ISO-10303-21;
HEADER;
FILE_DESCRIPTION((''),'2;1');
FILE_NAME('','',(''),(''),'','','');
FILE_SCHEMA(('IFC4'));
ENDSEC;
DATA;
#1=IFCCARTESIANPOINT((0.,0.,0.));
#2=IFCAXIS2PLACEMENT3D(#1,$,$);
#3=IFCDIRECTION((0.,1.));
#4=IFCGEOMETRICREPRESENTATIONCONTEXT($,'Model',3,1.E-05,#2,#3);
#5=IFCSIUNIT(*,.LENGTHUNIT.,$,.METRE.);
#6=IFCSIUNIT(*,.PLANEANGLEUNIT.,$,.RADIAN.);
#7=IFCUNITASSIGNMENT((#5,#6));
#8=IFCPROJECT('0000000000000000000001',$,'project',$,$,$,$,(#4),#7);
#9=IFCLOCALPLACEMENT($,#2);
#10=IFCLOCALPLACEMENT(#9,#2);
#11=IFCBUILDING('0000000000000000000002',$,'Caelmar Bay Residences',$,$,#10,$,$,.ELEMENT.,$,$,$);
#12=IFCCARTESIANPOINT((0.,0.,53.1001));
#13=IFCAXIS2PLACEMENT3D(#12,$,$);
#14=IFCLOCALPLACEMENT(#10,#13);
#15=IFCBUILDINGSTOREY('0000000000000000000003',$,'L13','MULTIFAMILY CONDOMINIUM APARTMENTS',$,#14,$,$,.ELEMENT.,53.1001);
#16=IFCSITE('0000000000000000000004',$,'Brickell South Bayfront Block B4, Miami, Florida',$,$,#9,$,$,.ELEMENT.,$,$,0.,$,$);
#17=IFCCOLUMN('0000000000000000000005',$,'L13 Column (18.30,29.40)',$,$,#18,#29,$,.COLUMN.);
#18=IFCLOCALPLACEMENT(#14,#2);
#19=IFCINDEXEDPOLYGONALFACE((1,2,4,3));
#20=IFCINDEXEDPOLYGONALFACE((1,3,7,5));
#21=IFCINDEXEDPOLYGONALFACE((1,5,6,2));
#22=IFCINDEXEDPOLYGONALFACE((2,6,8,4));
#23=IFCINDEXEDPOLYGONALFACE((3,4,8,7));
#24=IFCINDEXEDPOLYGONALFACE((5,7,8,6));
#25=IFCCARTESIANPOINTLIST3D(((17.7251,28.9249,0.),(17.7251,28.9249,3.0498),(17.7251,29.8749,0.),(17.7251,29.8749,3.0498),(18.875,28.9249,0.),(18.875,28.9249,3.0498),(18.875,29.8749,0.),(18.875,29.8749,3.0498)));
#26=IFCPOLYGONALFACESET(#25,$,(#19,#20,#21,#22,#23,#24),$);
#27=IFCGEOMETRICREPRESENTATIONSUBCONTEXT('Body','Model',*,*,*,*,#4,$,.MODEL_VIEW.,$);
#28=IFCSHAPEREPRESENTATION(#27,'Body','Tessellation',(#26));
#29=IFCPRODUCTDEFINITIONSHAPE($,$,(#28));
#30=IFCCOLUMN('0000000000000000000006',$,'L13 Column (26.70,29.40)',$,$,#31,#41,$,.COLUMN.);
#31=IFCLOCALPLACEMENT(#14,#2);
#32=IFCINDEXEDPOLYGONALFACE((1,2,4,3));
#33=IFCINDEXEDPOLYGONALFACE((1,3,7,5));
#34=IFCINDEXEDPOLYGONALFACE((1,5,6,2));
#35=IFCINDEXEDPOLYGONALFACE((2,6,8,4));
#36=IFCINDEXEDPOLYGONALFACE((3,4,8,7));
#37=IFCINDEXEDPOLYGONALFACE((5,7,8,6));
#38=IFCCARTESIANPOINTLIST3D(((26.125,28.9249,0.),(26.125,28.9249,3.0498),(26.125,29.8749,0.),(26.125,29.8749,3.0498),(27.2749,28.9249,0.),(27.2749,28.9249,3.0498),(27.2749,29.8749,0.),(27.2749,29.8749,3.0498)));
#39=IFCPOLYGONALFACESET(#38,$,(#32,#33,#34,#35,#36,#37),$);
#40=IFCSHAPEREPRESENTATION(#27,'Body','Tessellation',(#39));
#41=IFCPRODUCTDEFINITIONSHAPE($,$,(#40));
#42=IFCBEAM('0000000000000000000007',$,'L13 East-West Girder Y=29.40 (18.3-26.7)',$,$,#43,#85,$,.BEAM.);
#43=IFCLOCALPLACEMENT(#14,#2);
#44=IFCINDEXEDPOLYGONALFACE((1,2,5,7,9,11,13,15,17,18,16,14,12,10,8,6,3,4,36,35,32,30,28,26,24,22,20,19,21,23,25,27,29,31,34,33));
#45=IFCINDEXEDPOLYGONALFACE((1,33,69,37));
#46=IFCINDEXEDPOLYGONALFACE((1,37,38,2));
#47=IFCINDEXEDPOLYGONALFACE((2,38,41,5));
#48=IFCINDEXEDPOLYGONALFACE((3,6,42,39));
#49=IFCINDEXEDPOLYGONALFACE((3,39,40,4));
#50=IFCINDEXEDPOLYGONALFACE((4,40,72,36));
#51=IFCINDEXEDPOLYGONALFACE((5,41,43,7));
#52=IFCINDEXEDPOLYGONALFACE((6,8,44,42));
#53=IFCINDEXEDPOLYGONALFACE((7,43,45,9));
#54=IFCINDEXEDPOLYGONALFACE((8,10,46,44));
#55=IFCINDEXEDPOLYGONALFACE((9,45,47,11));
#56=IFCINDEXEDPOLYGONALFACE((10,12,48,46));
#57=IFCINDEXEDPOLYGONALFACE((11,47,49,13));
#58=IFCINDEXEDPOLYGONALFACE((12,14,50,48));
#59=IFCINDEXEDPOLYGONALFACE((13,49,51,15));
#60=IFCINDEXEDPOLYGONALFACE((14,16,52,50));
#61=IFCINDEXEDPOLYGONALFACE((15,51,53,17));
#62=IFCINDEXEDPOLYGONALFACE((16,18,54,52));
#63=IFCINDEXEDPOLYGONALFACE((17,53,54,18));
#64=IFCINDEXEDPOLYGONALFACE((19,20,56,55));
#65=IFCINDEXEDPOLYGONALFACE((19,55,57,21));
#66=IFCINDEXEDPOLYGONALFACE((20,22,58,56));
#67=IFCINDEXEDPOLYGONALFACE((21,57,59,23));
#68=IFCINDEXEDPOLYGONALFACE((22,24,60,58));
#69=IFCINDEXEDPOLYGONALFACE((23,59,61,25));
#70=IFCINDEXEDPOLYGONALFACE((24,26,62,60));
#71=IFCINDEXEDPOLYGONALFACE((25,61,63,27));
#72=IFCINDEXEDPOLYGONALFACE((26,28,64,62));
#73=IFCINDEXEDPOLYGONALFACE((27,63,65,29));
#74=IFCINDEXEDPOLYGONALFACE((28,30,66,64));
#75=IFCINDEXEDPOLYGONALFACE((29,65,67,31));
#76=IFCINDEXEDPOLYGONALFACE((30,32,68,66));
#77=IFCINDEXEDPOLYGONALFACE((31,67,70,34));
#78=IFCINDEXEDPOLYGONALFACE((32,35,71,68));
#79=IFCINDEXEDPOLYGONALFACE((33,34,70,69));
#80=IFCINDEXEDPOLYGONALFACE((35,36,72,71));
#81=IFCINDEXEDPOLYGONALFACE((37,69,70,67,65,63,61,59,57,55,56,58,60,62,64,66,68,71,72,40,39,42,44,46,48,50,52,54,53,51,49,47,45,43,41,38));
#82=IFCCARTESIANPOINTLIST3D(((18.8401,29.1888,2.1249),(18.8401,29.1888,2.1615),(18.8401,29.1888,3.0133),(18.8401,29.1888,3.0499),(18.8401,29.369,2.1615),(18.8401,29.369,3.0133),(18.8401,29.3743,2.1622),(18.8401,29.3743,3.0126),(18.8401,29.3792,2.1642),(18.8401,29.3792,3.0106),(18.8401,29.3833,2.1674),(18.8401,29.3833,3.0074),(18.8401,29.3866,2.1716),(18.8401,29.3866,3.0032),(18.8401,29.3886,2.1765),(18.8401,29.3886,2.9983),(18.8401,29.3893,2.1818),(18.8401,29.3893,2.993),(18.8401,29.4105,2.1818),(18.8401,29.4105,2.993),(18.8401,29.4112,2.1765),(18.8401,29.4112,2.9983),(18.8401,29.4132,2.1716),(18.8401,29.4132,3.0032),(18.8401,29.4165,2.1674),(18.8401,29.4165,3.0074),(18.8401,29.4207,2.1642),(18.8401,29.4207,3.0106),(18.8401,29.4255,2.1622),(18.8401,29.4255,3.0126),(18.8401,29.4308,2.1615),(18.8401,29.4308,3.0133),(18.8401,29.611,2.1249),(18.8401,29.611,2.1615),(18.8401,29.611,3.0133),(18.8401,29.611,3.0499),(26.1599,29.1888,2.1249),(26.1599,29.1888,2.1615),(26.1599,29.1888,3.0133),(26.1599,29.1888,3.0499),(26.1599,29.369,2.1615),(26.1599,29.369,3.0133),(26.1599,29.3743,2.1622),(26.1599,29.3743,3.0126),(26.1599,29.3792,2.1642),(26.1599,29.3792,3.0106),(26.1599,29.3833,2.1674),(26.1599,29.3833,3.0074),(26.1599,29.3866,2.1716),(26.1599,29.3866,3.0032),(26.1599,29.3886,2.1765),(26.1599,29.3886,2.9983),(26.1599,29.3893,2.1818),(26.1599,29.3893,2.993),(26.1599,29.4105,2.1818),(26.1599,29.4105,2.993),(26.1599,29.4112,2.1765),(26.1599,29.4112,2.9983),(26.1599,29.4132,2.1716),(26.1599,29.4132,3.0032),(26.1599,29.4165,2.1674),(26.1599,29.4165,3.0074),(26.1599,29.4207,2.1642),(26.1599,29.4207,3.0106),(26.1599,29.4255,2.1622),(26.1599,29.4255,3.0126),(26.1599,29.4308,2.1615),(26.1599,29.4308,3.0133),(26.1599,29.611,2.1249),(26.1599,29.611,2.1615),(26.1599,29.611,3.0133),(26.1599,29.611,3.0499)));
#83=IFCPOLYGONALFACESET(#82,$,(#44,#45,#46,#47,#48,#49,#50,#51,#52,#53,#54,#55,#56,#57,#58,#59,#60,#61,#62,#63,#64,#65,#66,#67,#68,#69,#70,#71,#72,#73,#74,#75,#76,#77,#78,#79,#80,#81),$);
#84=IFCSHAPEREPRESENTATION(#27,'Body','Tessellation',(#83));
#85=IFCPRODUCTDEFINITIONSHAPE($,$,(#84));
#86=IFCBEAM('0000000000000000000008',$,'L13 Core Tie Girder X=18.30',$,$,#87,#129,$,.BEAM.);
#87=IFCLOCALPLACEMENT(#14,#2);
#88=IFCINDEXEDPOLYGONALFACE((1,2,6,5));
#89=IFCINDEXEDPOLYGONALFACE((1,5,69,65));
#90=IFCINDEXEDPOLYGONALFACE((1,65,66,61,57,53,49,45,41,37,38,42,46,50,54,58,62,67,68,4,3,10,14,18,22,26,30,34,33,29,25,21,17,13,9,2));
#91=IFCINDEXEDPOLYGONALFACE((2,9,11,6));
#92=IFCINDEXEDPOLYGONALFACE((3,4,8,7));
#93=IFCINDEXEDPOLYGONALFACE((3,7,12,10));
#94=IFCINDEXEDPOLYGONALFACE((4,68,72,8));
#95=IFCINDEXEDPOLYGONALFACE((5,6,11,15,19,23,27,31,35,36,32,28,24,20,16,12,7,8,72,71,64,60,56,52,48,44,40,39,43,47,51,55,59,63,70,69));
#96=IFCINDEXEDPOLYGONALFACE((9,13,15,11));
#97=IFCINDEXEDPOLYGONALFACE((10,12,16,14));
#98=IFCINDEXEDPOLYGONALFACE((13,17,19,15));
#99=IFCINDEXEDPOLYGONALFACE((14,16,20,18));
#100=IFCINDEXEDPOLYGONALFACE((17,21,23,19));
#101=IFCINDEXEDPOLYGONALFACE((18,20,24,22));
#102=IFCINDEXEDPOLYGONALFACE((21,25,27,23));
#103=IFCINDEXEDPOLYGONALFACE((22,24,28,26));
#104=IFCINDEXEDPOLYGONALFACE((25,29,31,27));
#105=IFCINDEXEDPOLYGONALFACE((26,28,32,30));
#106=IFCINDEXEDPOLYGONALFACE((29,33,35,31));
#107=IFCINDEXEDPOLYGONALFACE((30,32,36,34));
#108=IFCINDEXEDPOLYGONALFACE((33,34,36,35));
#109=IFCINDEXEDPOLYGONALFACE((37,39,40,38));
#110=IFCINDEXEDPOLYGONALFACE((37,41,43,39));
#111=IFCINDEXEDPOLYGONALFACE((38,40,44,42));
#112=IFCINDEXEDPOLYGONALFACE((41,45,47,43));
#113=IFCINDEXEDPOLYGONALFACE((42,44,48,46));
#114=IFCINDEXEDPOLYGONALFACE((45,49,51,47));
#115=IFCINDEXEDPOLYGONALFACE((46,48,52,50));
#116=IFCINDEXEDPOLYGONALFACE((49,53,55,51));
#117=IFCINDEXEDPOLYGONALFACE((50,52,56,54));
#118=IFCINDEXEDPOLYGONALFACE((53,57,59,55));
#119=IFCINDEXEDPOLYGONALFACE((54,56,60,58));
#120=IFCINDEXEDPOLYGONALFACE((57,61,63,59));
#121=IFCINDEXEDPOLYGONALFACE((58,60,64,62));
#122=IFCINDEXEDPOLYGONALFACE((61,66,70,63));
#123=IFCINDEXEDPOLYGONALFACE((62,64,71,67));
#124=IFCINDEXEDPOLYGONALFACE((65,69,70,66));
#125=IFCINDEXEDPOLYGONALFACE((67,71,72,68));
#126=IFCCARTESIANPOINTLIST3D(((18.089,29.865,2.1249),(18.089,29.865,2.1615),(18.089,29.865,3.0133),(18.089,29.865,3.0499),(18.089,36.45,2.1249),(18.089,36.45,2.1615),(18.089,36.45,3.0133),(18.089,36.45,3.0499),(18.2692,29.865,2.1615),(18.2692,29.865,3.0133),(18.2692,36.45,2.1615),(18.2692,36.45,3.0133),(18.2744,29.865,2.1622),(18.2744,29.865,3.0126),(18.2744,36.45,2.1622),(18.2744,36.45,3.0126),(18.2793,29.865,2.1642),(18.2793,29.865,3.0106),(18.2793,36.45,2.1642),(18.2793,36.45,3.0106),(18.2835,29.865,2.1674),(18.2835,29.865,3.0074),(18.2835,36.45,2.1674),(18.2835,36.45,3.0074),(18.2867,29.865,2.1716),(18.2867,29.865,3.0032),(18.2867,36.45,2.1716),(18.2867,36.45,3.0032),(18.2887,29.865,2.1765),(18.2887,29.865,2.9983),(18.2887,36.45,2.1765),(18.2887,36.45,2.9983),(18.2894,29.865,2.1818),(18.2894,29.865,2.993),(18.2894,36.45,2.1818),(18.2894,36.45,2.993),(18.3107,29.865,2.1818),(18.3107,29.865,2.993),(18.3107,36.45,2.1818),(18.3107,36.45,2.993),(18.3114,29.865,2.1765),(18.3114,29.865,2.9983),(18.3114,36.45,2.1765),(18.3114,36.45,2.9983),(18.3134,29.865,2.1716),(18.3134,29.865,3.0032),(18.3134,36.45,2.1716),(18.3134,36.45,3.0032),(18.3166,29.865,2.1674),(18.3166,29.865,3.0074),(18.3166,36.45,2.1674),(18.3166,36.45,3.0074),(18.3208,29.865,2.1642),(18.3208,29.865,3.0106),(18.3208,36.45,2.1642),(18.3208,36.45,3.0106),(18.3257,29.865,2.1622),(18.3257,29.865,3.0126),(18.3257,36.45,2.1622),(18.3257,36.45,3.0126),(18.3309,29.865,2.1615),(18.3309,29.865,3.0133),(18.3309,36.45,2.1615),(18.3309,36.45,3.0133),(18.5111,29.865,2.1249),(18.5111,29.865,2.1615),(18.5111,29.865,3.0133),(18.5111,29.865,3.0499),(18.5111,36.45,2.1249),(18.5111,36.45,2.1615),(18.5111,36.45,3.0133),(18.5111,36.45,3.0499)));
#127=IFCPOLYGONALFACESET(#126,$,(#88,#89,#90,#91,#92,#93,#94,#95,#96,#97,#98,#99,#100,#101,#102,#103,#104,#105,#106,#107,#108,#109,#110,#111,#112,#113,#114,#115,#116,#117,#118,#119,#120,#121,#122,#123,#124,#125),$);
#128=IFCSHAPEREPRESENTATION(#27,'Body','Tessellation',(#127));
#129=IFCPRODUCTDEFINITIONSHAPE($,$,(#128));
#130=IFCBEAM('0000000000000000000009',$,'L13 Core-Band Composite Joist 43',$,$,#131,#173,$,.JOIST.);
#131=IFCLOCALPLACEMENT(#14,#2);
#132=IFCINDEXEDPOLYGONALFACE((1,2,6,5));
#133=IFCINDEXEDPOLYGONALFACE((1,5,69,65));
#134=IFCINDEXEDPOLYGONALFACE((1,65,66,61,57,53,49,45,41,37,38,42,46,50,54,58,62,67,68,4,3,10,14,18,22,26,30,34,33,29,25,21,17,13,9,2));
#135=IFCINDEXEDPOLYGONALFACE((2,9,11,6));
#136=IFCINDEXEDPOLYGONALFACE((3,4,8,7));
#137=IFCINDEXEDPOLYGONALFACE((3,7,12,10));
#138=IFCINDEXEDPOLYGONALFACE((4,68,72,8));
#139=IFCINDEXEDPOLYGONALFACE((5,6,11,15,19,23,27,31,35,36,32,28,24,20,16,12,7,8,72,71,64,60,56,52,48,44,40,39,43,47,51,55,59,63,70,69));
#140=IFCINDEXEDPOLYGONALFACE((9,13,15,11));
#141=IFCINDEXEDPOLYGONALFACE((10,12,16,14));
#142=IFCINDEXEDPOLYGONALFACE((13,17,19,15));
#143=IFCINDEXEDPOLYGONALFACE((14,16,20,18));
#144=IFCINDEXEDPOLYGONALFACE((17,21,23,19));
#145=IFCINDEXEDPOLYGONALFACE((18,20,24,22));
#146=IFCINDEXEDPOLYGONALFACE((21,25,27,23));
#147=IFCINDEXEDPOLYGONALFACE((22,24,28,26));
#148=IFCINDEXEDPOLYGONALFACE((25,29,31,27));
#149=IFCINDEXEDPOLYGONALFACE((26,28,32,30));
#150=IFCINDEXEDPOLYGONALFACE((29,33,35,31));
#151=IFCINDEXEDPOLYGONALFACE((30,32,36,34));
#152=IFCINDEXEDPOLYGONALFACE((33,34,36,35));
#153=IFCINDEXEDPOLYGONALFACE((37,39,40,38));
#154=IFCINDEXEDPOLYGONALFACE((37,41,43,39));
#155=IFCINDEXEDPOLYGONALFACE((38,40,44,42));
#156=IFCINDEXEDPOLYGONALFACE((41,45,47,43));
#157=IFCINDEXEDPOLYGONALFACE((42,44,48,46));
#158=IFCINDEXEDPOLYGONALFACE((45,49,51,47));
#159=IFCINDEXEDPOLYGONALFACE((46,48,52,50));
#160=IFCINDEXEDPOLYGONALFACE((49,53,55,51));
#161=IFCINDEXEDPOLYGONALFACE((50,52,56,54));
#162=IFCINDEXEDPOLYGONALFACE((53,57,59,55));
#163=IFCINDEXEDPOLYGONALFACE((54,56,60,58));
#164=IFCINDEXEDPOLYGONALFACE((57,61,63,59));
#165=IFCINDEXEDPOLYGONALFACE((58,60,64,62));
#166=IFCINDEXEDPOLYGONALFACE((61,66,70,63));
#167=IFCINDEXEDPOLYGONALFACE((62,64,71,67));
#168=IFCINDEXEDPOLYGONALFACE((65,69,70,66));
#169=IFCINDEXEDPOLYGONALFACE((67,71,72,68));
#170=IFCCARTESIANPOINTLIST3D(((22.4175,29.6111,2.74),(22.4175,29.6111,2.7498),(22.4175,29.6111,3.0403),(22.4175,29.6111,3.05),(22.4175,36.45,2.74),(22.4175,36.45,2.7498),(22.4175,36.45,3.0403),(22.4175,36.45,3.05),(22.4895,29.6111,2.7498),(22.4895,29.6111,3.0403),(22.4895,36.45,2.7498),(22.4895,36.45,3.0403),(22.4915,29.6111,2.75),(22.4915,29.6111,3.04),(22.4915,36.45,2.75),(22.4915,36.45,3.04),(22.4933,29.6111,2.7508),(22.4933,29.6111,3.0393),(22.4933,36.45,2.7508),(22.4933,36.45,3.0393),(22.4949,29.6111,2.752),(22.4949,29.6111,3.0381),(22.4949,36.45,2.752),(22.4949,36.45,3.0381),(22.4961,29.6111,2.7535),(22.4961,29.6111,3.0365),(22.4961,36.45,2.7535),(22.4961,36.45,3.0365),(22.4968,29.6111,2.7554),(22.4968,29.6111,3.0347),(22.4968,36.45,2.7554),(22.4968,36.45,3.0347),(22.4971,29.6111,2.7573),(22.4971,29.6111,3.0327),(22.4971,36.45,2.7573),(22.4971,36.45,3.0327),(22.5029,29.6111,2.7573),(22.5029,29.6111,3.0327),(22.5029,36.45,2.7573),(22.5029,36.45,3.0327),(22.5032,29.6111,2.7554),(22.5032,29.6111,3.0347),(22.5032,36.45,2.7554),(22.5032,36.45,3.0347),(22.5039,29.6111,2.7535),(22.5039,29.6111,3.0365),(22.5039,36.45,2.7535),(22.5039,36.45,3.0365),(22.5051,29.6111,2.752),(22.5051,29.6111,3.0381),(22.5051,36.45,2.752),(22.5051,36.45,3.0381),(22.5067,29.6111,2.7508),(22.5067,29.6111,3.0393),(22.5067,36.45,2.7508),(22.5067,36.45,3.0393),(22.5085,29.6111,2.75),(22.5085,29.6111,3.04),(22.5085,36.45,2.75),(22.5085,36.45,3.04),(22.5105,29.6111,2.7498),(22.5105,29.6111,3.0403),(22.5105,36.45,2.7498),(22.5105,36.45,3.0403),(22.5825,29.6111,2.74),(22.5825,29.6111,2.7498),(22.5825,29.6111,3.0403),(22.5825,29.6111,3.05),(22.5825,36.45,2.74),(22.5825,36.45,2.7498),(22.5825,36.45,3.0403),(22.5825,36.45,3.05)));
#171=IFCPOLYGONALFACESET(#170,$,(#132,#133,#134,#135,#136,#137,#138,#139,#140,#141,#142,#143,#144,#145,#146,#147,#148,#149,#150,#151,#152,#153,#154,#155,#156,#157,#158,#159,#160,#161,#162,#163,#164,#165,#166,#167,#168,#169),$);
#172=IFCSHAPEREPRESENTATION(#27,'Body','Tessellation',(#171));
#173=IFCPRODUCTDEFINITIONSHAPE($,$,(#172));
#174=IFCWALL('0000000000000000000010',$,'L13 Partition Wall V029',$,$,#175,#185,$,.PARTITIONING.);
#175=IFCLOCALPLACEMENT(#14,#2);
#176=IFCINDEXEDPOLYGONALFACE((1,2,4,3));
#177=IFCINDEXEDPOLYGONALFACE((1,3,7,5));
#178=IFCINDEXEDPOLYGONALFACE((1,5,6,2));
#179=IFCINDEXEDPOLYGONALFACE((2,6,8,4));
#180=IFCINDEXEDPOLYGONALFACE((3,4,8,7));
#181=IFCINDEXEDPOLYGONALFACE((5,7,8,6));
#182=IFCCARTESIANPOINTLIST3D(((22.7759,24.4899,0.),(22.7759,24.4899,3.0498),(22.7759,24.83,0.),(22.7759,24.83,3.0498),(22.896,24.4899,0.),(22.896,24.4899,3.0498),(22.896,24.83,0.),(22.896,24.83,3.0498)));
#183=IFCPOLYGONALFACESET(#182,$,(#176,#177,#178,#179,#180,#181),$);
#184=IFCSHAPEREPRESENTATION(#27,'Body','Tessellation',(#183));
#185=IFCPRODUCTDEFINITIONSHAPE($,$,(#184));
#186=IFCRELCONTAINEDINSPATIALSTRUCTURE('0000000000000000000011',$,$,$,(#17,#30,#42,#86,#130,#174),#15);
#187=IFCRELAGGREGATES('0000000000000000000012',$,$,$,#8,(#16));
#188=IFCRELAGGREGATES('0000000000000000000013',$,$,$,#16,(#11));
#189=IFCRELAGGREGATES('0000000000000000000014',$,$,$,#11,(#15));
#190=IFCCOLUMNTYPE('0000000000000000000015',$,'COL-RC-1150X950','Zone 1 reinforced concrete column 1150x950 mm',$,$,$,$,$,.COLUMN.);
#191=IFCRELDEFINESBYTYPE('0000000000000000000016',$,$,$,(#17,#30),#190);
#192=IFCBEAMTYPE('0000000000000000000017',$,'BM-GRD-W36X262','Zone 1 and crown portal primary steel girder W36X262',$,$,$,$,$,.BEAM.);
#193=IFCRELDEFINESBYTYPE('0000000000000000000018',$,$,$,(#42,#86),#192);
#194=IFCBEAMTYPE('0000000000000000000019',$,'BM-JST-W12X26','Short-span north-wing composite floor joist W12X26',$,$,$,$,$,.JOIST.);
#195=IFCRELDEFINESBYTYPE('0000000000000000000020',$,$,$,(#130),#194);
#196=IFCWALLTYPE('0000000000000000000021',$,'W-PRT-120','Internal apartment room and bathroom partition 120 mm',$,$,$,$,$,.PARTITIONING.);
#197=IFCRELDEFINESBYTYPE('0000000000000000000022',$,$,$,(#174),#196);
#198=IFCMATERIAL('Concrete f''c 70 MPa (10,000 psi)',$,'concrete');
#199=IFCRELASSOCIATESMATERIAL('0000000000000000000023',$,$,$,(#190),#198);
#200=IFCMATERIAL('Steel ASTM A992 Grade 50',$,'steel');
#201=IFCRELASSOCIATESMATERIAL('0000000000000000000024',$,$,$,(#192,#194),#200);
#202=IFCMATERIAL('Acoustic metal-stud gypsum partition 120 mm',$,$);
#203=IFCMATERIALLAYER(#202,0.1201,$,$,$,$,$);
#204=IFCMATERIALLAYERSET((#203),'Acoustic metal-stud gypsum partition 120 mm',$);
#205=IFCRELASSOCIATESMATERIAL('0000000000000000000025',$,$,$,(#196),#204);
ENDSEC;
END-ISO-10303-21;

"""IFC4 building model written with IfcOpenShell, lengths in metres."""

from ifc_helpers import new_model, si_unit, direction, frame, frame_2d, origin, origin_2d, place, context, subcontext, project, spatial, rectangle, i_section, extrude, material, layer, layer_set, material_profile, profile_set, type_object, element, save


model = new_model("IFC4")

# Units and contexts
model_context = context("Model", 3, precision=1e-05, world=origin(), true_north=direction((0.0, 1.0)))
body_context = subcontext(model_context, "Body", "Model", "MODEL_VIEW")
ifc_project = project(units=[si_unit("LENGTHUNIT", "METRE"), si_unit("PLANEANGLEUNIT", "RADIAN")], contexts=[model_context])

# Site, building, storey
site_placement = place(None, origin())
site = spatial("IfcSite", under=ifc_project, at=site_placement, Name="Brickell South Bayfront Block B4, Miami, Florida", CompositionType="ELEMENT", RefElevation=0.0)
building_placement = place(site_placement, origin())
building = spatial("IfcBuilding", under=site, at=building_placement, Name="Caelmar Bay Residences", CompositionType="ELEMENT")
storey_placement = place(building_placement, frame((0.0, 0.0, 53.1001)))
storey = spatial("IfcBuildingStorey", under=building, at=storey_placement, Name="L13", Description="MULTIFAMILY CONDOMINIUM APARTMENTS", CompositionType="ELEMENT", Elevation=53.1001)

# Columns
ifc_material_1 = material(Name="Concrete f'c 70 MPa (10,000 psi)", Category="concrete")
ifc_material_profile_1 = material_profile(ifc_material_1, rectangle(XDim=1.1499, YDim=0.95, at=origin_2d()), Name="RC-COL-1150X950")
ifc_profile_set_1 = profile_set([ifc_material_profile_1], Name="Concrete f'c 70 MPa (10,000 psi)")
column_type = type_object("IfcColumnType", Name="COL-RC-1150X950", Description="Zone 1 reinforced concrete column 1150x950 mm", PredefinedType="COLUMN", material=ifc_profile_set_1)
for number, where, z_axis, x_axis, name in (
    (1, (18.3, 29.3999, 0.0), (0.0, 0.0, 1.0), (1.0, 0.0, 0.0), "L13 Column (18.30,29.40)"),
    (2, (26.7, 29.3999, 0.0), (0.0, 0.0, 1.0), (1.0, 0.0, 0.0), "L13 Column (26.70,29.40)"),
):
    element("IfcColumn", number, at=place(storey_placement, frame(where, z_axis=z_axis, x_axis=x_axis)), inside=storey, type_object=column_type, Name=name, PredefinedType="COLUMN", context=body_context, shape_type="SweptSolid", body=[
        extrude(rectangle(XDim=1.1499, YDim=0.95, at=origin_2d()), origin(), (0.0, 0.0, 1.0), 3.0498),
    ])

# Beams
ifc_material_2 = material(Name="Steel ASTM A992 Grade 50", Category="steel")
ifc_material_profile_2 = material_profile(ifc_material_2, i_section(OverallWidth=0.4221, OverallDepth=0.925, WebThickness=0.0212, FlangeThickness=0.0366, FilletRadius=0.0203, at=origin_2d()), Name="W36X262")
ifc_profile_set_2 = profile_set([ifc_material_profile_2], Name="Steel ASTM A992 Grade 50")
beam_type_1 = type_object("IfcBeamType", Name="BM-GRD-W36X262", Description="Zone 1 and crown portal primary steel girder W36X262", PredefinedType="BEAM", material=ifc_profile_set_2)
beam_1_placement = place(storey_placement, frame((18.8401, 29.3999, 2.5874), z_axis=(1.0, 0.0, 0.0), x_axis=(0.0, 1.0, 0.0)))
element("IfcBeam", 3, at=beam_1_placement, inside=storey, type_object=beam_type_1, Name="L13 East-West Girder Y=29.40 (18.3-26.7)", PredefinedType="BEAM", context=body_context, shape_type="SweptSolid", body=[
    extrude(i_section(OverallWidth=0.4221, OverallDepth=0.925, WebThickness=0.0212, FlangeThickness=0.0366, FilletRadius=0.0203, at=origin_2d()), origin(), (0.0, 0.0, 1.0), 7.3198),
])
beam_2_placement = place(storey_placement, frame((18.3, 29.865, 2.5874), z_axis=(0.0, 1.0, 0.0), x_axis=(-1.0, 0.0, 0.0)))
element("IfcBeam", 4, at=beam_2_placement, inside=storey, type_object=beam_type_1, Name="L13 Core Tie Girder X=18.30", PredefinedType="BEAM", context=body_context, shape_type="SweptSolid", body=[
    extrude(i_section(OverallWidth=0.4221, OverallDepth=0.925, WebThickness=0.0212, FlangeThickness=0.0366, FilletRadius=0.0203, at=origin_2d()), origin(), (0.0, 0.0, 1.0), 6.585),
])
ifc_material_profile_3 = material_profile(ifc_material_2, i_section(OverallWidth=0.165, OverallDepth=0.3101, WebThickness=0.0059, FlangeThickness=0.0098, FilletRadius=0.0076, at=origin_2d()), Name="W12X26")
ifc_profile_set_3 = profile_set([ifc_material_profile_3], Name="Steel ASTM A992 Grade 50")
beam_type_2 = type_object("IfcBeamType", Name="BM-JST-W12X26", Description="Short-span north-wing composite floor joist W12X26", PredefinedType="JOIST", material=ifc_profile_set_3)
beam_3_placement = place(storey_placement, frame((22.5, 29.6111, 2.895), z_axis=(0.0, 1.0, 0.0), x_axis=(-1.0, 0.0, 0.0)))
element("IfcBeam", 5, at=beam_3_placement, inside=storey, type_object=beam_type_2, Name="L13 Core-Band Composite Joist 43", PredefinedType="JOIST", context=body_context, shape_type="SweptSolid", body=[
    extrude(i_section(OverallWidth=0.165, OverallDepth=0.3101, WebThickness=0.0059, FlangeThickness=0.0098, FilletRadius=0.0076, at=origin_2d()), origin(), (0.0, 0.0, 1.0), 6.8389),
])

# Wall
ifc_material_3 = material(Name="Acoustic metal-stud gypsum partition 120 mm")
ifc_layer_1 = layer(ifc_material_3, 0.1201)
ifc_layer_set_1 = layer_set([ifc_layer_1], Name="Acoustic metal-stud gypsum partition 120 mm")
wall_type_1 = type_object("IfcWallType", Name="W-PRT-120", Description="Internal apartment room and bathroom partition 120 mm", PredefinedType="PARTITIONING", material=ifc_layer_set_1)
wall_1_placement = place(storey_placement, frame((22.8359, 24.49, 0.0), z_axis=(0.0, 0.0, 1.0), x_axis=(0.0, 1.0, 0.0)))
element("IfcWall", 6, at=wall_1_placement, inside=storey, type_object=wall_type_1, Name="L13 Partition Wall V029", PredefinedType="PARTITIONING", context=body_context, shape_type="SweptSolid", body=[
    extrude(rectangle(XDim=0.3401, YDim=0.1201, at=frame_2d((0.1699, 0.0))), origin(), (0.0, 0.0, 1.0), 3.0498),
])

save(model, "model.ifc")
